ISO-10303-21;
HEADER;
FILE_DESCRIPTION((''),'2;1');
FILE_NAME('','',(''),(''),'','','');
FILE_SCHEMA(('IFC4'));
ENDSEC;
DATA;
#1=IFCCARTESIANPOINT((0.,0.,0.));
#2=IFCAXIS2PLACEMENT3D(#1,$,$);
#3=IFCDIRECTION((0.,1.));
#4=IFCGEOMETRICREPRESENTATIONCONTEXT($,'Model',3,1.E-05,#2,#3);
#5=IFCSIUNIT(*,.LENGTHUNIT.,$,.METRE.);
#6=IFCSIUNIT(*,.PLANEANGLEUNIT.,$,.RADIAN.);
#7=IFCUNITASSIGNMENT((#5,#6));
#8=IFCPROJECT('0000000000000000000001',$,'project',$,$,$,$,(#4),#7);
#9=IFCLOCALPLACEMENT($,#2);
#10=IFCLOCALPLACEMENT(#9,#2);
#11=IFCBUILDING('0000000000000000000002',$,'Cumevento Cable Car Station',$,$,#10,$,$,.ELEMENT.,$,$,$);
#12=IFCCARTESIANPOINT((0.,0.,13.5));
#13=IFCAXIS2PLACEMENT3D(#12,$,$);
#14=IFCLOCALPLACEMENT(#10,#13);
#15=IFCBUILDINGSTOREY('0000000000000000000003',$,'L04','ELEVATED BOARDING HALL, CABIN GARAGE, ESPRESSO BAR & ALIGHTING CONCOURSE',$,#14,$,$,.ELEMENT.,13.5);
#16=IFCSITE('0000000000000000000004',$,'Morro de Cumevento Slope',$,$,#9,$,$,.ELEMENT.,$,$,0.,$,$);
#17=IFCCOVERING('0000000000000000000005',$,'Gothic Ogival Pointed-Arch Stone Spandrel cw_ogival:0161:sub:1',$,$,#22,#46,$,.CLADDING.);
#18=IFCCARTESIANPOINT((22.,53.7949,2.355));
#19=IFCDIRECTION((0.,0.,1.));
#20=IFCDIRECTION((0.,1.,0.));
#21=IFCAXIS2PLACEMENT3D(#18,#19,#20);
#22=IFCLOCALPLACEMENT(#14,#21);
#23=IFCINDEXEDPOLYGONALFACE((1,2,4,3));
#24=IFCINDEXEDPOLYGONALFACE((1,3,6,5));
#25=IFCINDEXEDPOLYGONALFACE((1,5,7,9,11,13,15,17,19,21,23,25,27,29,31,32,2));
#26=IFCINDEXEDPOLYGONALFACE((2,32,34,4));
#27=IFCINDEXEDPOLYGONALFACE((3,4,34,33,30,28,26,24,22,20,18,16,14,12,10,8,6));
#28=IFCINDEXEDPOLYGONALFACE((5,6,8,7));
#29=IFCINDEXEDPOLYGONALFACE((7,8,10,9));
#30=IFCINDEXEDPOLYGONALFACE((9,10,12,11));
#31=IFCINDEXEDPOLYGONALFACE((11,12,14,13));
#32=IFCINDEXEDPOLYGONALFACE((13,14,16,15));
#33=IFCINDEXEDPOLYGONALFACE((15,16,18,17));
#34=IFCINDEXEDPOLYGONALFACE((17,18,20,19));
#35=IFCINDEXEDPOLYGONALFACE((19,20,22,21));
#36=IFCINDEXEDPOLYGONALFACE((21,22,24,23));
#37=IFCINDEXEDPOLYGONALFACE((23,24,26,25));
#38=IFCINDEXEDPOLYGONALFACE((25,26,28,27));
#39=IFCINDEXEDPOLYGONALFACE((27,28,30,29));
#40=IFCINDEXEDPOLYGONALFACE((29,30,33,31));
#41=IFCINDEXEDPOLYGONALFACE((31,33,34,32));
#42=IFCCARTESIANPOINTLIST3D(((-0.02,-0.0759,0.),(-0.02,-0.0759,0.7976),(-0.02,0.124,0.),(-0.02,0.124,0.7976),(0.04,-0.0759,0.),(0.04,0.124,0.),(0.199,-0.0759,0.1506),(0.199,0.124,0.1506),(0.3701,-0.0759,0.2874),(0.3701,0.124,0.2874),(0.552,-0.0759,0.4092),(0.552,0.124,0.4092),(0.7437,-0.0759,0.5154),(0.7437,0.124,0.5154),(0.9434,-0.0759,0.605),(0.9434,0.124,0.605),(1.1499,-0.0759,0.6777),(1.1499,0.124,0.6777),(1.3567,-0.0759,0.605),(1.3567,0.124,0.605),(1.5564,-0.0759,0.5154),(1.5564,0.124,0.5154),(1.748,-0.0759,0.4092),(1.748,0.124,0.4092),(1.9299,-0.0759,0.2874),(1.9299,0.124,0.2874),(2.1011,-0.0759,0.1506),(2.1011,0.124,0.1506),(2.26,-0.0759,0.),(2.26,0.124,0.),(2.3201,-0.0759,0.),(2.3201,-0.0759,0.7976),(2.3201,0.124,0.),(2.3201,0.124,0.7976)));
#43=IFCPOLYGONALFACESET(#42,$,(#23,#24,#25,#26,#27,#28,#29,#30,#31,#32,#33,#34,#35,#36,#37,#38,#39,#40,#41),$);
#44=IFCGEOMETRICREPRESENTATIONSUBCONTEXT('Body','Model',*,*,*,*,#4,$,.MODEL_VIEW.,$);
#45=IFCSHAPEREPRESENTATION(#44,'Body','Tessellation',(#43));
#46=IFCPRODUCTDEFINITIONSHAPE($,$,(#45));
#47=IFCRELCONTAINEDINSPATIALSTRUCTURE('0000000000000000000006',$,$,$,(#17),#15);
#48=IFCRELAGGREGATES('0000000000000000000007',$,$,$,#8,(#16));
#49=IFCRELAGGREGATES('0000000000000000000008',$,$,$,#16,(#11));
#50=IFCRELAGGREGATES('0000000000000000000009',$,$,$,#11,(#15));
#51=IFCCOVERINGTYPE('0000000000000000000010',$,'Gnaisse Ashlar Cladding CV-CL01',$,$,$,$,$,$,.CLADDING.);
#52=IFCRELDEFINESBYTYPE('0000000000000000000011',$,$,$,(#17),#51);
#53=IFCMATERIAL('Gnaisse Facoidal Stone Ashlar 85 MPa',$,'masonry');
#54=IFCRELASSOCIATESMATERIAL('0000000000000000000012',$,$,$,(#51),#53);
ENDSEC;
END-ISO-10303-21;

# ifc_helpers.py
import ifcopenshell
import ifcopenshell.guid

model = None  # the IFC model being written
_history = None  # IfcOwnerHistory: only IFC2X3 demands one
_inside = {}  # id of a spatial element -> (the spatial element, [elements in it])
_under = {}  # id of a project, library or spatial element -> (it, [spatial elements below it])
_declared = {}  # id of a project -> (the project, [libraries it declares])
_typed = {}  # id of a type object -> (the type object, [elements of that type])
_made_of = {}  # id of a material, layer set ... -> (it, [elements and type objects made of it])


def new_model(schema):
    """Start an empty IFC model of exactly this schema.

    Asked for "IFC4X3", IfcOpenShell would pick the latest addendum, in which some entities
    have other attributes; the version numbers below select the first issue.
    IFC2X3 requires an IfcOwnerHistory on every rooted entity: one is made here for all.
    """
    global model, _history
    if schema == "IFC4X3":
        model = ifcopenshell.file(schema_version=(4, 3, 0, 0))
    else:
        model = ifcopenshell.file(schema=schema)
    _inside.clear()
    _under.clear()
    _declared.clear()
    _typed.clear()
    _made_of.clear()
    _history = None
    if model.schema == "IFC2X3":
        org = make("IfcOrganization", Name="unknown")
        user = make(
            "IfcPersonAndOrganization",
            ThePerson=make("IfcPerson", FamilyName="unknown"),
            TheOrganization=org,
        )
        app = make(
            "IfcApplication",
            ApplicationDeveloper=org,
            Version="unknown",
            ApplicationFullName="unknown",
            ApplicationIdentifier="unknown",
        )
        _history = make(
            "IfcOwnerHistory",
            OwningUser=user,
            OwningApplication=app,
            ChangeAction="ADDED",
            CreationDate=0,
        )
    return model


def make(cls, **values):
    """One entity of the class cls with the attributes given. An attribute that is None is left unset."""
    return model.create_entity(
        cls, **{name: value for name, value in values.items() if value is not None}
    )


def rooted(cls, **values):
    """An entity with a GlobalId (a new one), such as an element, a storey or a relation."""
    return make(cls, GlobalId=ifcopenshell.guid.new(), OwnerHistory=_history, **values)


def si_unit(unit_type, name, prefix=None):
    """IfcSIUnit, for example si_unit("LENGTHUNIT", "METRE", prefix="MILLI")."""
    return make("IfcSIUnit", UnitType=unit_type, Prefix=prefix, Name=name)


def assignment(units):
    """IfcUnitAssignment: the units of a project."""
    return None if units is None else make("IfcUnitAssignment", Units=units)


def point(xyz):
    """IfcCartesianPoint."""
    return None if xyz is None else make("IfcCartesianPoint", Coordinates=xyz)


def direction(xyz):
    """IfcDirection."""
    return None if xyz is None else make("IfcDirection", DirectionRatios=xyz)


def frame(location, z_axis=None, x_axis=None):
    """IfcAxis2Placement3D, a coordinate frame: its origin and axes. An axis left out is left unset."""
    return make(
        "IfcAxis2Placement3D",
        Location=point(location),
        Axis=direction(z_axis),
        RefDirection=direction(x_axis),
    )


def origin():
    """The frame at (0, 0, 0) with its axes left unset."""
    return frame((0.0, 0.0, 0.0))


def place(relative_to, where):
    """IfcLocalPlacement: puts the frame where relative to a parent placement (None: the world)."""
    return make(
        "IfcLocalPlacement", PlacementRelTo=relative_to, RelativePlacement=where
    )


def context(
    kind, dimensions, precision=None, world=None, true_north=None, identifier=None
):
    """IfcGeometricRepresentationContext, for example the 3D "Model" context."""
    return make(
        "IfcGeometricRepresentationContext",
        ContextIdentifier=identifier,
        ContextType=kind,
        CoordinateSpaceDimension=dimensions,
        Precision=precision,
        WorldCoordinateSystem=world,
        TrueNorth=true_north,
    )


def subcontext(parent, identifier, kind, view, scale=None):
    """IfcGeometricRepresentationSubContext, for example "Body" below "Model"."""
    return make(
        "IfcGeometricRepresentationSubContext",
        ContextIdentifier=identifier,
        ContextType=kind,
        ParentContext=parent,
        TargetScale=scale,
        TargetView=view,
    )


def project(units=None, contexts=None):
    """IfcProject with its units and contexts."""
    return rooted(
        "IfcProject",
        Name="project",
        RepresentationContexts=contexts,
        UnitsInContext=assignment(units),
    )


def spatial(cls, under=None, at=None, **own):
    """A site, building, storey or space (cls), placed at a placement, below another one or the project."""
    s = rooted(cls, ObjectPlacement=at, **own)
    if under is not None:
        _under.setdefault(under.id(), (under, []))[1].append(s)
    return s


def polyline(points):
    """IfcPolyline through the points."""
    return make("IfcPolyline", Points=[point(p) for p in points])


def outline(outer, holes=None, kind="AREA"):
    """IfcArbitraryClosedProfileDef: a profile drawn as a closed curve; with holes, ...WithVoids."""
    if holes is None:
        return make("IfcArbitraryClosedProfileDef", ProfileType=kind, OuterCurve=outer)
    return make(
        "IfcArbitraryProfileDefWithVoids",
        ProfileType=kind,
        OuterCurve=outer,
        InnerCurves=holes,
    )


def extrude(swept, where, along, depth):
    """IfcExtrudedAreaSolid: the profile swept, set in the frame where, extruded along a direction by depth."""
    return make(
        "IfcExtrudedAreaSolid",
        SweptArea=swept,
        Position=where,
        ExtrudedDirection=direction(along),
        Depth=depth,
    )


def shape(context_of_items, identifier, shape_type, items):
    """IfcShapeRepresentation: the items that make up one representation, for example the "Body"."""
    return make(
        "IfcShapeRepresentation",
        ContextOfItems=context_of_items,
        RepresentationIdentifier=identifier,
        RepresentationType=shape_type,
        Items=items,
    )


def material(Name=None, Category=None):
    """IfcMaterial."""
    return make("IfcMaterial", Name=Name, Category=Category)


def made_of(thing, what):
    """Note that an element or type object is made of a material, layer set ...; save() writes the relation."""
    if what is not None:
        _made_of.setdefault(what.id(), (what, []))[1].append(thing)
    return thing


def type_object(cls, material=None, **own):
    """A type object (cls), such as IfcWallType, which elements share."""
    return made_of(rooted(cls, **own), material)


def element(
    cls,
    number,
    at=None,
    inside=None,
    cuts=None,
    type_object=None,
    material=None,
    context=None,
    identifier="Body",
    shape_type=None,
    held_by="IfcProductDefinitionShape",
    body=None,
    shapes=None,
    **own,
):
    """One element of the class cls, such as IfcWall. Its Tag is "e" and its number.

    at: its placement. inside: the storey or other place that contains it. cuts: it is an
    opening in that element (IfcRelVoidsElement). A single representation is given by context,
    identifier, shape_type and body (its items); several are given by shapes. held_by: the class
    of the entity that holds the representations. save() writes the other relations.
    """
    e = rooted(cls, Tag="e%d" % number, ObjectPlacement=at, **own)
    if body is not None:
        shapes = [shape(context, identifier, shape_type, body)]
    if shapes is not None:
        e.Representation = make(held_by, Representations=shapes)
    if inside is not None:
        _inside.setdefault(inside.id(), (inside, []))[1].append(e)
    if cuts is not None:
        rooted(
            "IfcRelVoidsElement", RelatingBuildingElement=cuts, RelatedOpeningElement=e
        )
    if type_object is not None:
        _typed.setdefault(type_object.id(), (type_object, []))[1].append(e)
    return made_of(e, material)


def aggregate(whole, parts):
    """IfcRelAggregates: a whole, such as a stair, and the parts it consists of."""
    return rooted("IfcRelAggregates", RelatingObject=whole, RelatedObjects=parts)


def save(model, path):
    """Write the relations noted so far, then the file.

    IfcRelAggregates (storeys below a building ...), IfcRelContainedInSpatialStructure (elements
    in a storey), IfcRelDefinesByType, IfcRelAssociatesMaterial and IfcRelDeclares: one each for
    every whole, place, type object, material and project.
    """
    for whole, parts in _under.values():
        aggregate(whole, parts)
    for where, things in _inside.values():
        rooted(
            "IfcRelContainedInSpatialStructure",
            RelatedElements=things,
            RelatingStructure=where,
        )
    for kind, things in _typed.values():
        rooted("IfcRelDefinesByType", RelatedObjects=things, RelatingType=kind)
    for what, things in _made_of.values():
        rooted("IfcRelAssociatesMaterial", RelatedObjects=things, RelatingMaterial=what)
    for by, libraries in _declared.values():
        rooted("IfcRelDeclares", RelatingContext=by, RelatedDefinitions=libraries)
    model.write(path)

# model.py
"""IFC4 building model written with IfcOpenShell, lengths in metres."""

from ifc_helpers import new_model, si_unit, direction, frame, origin, place, context, subcontext, project, spatial, polyline, outline, extrude, material, type_object, element, save


model = new_model("IFC4")

# Units and contexts
model_context = context("Model", 3, precision=1e-05, world=origin(), true_north=direction((0.0, 1.0)))
body_context = subcontext(model_context, "Body", "Model", "MODEL_VIEW")
ifc_project = project(units=[si_unit("LENGTHUNIT", "METRE"), si_unit("PLANEANGLEUNIT", "RADIAN")], contexts=[model_context])

# Site, building, storey
site_placement = place(None, origin())
site = spatial("IfcSite", under=ifc_project, at=site_placement, Name="Morro de Cumevento Slope", CompositionType="ELEMENT", RefElevation=0.0)
building_placement = place(site_placement, origin())
building = spatial("IfcBuilding", under=site, at=building_placement, Name="Cumevento Cable Car Station", CompositionType="ELEMENT")
storey_placement = place(building_placement, frame((0.0, 0.0, 13.5)))
storey = spatial("IfcBuildingStorey", under=building, at=storey_placement, Name="L04", Description="ELEVATED BOARDING HALL, CABIN GARAGE, ESPRESSO BAR & ALIGHTING CONCOURSE", CompositionType="ELEMENT", Elevation=13.5)

# Covering
ifc_material_1 = material(Name="Gnaisse Facoidal Stone Ashlar 85 MPa", Category="masonry")
covering_type = type_object("IfcCoveringType", Name="Gnaisse Ashlar Cladding CV-CL01", PredefinedType="CLADDING", material=ifc_material_1)
covering_1_placement = place(storey_placement, frame((22.0, 53.7949, 2.355), z_axis=(0.0, 0.0, 1.0), x_axis=(0.0, 1.0, 0.0)))
element("IfcCovering", 1, at=covering_1_placement, inside=storey, type_object=covering_type, Name="Gothic Ogival Pointed-Arch Stone Spandrel cw_ogival:0161:sub:1", PredefinedType="CLADDING", context=body_context, shape_type="SweptSolid", body=[
    extrude(outline(polyline([(-0.02, 0.0), (-0.02, 0.7976), (2.3201, 0.7976), (2.3201, 0.0), (2.26, 0.0), (2.1011, 0.1506), (1.9299, 0.2874), (1.748, 0.4092), (1.5564, 0.5154), (1.3567, 0.605), (1.1499, 0.6777), (0.9434, 0.605), (0.7437, 0.5154), (0.552, 0.4092), (0.3701, 0.2874), (0.199, 0.1506), (0.04, 0.0), (-0.02, 0.0)])), frame((0.0, 0.124, 0.0), z_axis=(0.0, -1.0, 0.0), x_axis=(1.0, 0.0, 0.0)), (0.0, 0.0, 1.0), 0.2),
])

save(model, "model.ifc")
